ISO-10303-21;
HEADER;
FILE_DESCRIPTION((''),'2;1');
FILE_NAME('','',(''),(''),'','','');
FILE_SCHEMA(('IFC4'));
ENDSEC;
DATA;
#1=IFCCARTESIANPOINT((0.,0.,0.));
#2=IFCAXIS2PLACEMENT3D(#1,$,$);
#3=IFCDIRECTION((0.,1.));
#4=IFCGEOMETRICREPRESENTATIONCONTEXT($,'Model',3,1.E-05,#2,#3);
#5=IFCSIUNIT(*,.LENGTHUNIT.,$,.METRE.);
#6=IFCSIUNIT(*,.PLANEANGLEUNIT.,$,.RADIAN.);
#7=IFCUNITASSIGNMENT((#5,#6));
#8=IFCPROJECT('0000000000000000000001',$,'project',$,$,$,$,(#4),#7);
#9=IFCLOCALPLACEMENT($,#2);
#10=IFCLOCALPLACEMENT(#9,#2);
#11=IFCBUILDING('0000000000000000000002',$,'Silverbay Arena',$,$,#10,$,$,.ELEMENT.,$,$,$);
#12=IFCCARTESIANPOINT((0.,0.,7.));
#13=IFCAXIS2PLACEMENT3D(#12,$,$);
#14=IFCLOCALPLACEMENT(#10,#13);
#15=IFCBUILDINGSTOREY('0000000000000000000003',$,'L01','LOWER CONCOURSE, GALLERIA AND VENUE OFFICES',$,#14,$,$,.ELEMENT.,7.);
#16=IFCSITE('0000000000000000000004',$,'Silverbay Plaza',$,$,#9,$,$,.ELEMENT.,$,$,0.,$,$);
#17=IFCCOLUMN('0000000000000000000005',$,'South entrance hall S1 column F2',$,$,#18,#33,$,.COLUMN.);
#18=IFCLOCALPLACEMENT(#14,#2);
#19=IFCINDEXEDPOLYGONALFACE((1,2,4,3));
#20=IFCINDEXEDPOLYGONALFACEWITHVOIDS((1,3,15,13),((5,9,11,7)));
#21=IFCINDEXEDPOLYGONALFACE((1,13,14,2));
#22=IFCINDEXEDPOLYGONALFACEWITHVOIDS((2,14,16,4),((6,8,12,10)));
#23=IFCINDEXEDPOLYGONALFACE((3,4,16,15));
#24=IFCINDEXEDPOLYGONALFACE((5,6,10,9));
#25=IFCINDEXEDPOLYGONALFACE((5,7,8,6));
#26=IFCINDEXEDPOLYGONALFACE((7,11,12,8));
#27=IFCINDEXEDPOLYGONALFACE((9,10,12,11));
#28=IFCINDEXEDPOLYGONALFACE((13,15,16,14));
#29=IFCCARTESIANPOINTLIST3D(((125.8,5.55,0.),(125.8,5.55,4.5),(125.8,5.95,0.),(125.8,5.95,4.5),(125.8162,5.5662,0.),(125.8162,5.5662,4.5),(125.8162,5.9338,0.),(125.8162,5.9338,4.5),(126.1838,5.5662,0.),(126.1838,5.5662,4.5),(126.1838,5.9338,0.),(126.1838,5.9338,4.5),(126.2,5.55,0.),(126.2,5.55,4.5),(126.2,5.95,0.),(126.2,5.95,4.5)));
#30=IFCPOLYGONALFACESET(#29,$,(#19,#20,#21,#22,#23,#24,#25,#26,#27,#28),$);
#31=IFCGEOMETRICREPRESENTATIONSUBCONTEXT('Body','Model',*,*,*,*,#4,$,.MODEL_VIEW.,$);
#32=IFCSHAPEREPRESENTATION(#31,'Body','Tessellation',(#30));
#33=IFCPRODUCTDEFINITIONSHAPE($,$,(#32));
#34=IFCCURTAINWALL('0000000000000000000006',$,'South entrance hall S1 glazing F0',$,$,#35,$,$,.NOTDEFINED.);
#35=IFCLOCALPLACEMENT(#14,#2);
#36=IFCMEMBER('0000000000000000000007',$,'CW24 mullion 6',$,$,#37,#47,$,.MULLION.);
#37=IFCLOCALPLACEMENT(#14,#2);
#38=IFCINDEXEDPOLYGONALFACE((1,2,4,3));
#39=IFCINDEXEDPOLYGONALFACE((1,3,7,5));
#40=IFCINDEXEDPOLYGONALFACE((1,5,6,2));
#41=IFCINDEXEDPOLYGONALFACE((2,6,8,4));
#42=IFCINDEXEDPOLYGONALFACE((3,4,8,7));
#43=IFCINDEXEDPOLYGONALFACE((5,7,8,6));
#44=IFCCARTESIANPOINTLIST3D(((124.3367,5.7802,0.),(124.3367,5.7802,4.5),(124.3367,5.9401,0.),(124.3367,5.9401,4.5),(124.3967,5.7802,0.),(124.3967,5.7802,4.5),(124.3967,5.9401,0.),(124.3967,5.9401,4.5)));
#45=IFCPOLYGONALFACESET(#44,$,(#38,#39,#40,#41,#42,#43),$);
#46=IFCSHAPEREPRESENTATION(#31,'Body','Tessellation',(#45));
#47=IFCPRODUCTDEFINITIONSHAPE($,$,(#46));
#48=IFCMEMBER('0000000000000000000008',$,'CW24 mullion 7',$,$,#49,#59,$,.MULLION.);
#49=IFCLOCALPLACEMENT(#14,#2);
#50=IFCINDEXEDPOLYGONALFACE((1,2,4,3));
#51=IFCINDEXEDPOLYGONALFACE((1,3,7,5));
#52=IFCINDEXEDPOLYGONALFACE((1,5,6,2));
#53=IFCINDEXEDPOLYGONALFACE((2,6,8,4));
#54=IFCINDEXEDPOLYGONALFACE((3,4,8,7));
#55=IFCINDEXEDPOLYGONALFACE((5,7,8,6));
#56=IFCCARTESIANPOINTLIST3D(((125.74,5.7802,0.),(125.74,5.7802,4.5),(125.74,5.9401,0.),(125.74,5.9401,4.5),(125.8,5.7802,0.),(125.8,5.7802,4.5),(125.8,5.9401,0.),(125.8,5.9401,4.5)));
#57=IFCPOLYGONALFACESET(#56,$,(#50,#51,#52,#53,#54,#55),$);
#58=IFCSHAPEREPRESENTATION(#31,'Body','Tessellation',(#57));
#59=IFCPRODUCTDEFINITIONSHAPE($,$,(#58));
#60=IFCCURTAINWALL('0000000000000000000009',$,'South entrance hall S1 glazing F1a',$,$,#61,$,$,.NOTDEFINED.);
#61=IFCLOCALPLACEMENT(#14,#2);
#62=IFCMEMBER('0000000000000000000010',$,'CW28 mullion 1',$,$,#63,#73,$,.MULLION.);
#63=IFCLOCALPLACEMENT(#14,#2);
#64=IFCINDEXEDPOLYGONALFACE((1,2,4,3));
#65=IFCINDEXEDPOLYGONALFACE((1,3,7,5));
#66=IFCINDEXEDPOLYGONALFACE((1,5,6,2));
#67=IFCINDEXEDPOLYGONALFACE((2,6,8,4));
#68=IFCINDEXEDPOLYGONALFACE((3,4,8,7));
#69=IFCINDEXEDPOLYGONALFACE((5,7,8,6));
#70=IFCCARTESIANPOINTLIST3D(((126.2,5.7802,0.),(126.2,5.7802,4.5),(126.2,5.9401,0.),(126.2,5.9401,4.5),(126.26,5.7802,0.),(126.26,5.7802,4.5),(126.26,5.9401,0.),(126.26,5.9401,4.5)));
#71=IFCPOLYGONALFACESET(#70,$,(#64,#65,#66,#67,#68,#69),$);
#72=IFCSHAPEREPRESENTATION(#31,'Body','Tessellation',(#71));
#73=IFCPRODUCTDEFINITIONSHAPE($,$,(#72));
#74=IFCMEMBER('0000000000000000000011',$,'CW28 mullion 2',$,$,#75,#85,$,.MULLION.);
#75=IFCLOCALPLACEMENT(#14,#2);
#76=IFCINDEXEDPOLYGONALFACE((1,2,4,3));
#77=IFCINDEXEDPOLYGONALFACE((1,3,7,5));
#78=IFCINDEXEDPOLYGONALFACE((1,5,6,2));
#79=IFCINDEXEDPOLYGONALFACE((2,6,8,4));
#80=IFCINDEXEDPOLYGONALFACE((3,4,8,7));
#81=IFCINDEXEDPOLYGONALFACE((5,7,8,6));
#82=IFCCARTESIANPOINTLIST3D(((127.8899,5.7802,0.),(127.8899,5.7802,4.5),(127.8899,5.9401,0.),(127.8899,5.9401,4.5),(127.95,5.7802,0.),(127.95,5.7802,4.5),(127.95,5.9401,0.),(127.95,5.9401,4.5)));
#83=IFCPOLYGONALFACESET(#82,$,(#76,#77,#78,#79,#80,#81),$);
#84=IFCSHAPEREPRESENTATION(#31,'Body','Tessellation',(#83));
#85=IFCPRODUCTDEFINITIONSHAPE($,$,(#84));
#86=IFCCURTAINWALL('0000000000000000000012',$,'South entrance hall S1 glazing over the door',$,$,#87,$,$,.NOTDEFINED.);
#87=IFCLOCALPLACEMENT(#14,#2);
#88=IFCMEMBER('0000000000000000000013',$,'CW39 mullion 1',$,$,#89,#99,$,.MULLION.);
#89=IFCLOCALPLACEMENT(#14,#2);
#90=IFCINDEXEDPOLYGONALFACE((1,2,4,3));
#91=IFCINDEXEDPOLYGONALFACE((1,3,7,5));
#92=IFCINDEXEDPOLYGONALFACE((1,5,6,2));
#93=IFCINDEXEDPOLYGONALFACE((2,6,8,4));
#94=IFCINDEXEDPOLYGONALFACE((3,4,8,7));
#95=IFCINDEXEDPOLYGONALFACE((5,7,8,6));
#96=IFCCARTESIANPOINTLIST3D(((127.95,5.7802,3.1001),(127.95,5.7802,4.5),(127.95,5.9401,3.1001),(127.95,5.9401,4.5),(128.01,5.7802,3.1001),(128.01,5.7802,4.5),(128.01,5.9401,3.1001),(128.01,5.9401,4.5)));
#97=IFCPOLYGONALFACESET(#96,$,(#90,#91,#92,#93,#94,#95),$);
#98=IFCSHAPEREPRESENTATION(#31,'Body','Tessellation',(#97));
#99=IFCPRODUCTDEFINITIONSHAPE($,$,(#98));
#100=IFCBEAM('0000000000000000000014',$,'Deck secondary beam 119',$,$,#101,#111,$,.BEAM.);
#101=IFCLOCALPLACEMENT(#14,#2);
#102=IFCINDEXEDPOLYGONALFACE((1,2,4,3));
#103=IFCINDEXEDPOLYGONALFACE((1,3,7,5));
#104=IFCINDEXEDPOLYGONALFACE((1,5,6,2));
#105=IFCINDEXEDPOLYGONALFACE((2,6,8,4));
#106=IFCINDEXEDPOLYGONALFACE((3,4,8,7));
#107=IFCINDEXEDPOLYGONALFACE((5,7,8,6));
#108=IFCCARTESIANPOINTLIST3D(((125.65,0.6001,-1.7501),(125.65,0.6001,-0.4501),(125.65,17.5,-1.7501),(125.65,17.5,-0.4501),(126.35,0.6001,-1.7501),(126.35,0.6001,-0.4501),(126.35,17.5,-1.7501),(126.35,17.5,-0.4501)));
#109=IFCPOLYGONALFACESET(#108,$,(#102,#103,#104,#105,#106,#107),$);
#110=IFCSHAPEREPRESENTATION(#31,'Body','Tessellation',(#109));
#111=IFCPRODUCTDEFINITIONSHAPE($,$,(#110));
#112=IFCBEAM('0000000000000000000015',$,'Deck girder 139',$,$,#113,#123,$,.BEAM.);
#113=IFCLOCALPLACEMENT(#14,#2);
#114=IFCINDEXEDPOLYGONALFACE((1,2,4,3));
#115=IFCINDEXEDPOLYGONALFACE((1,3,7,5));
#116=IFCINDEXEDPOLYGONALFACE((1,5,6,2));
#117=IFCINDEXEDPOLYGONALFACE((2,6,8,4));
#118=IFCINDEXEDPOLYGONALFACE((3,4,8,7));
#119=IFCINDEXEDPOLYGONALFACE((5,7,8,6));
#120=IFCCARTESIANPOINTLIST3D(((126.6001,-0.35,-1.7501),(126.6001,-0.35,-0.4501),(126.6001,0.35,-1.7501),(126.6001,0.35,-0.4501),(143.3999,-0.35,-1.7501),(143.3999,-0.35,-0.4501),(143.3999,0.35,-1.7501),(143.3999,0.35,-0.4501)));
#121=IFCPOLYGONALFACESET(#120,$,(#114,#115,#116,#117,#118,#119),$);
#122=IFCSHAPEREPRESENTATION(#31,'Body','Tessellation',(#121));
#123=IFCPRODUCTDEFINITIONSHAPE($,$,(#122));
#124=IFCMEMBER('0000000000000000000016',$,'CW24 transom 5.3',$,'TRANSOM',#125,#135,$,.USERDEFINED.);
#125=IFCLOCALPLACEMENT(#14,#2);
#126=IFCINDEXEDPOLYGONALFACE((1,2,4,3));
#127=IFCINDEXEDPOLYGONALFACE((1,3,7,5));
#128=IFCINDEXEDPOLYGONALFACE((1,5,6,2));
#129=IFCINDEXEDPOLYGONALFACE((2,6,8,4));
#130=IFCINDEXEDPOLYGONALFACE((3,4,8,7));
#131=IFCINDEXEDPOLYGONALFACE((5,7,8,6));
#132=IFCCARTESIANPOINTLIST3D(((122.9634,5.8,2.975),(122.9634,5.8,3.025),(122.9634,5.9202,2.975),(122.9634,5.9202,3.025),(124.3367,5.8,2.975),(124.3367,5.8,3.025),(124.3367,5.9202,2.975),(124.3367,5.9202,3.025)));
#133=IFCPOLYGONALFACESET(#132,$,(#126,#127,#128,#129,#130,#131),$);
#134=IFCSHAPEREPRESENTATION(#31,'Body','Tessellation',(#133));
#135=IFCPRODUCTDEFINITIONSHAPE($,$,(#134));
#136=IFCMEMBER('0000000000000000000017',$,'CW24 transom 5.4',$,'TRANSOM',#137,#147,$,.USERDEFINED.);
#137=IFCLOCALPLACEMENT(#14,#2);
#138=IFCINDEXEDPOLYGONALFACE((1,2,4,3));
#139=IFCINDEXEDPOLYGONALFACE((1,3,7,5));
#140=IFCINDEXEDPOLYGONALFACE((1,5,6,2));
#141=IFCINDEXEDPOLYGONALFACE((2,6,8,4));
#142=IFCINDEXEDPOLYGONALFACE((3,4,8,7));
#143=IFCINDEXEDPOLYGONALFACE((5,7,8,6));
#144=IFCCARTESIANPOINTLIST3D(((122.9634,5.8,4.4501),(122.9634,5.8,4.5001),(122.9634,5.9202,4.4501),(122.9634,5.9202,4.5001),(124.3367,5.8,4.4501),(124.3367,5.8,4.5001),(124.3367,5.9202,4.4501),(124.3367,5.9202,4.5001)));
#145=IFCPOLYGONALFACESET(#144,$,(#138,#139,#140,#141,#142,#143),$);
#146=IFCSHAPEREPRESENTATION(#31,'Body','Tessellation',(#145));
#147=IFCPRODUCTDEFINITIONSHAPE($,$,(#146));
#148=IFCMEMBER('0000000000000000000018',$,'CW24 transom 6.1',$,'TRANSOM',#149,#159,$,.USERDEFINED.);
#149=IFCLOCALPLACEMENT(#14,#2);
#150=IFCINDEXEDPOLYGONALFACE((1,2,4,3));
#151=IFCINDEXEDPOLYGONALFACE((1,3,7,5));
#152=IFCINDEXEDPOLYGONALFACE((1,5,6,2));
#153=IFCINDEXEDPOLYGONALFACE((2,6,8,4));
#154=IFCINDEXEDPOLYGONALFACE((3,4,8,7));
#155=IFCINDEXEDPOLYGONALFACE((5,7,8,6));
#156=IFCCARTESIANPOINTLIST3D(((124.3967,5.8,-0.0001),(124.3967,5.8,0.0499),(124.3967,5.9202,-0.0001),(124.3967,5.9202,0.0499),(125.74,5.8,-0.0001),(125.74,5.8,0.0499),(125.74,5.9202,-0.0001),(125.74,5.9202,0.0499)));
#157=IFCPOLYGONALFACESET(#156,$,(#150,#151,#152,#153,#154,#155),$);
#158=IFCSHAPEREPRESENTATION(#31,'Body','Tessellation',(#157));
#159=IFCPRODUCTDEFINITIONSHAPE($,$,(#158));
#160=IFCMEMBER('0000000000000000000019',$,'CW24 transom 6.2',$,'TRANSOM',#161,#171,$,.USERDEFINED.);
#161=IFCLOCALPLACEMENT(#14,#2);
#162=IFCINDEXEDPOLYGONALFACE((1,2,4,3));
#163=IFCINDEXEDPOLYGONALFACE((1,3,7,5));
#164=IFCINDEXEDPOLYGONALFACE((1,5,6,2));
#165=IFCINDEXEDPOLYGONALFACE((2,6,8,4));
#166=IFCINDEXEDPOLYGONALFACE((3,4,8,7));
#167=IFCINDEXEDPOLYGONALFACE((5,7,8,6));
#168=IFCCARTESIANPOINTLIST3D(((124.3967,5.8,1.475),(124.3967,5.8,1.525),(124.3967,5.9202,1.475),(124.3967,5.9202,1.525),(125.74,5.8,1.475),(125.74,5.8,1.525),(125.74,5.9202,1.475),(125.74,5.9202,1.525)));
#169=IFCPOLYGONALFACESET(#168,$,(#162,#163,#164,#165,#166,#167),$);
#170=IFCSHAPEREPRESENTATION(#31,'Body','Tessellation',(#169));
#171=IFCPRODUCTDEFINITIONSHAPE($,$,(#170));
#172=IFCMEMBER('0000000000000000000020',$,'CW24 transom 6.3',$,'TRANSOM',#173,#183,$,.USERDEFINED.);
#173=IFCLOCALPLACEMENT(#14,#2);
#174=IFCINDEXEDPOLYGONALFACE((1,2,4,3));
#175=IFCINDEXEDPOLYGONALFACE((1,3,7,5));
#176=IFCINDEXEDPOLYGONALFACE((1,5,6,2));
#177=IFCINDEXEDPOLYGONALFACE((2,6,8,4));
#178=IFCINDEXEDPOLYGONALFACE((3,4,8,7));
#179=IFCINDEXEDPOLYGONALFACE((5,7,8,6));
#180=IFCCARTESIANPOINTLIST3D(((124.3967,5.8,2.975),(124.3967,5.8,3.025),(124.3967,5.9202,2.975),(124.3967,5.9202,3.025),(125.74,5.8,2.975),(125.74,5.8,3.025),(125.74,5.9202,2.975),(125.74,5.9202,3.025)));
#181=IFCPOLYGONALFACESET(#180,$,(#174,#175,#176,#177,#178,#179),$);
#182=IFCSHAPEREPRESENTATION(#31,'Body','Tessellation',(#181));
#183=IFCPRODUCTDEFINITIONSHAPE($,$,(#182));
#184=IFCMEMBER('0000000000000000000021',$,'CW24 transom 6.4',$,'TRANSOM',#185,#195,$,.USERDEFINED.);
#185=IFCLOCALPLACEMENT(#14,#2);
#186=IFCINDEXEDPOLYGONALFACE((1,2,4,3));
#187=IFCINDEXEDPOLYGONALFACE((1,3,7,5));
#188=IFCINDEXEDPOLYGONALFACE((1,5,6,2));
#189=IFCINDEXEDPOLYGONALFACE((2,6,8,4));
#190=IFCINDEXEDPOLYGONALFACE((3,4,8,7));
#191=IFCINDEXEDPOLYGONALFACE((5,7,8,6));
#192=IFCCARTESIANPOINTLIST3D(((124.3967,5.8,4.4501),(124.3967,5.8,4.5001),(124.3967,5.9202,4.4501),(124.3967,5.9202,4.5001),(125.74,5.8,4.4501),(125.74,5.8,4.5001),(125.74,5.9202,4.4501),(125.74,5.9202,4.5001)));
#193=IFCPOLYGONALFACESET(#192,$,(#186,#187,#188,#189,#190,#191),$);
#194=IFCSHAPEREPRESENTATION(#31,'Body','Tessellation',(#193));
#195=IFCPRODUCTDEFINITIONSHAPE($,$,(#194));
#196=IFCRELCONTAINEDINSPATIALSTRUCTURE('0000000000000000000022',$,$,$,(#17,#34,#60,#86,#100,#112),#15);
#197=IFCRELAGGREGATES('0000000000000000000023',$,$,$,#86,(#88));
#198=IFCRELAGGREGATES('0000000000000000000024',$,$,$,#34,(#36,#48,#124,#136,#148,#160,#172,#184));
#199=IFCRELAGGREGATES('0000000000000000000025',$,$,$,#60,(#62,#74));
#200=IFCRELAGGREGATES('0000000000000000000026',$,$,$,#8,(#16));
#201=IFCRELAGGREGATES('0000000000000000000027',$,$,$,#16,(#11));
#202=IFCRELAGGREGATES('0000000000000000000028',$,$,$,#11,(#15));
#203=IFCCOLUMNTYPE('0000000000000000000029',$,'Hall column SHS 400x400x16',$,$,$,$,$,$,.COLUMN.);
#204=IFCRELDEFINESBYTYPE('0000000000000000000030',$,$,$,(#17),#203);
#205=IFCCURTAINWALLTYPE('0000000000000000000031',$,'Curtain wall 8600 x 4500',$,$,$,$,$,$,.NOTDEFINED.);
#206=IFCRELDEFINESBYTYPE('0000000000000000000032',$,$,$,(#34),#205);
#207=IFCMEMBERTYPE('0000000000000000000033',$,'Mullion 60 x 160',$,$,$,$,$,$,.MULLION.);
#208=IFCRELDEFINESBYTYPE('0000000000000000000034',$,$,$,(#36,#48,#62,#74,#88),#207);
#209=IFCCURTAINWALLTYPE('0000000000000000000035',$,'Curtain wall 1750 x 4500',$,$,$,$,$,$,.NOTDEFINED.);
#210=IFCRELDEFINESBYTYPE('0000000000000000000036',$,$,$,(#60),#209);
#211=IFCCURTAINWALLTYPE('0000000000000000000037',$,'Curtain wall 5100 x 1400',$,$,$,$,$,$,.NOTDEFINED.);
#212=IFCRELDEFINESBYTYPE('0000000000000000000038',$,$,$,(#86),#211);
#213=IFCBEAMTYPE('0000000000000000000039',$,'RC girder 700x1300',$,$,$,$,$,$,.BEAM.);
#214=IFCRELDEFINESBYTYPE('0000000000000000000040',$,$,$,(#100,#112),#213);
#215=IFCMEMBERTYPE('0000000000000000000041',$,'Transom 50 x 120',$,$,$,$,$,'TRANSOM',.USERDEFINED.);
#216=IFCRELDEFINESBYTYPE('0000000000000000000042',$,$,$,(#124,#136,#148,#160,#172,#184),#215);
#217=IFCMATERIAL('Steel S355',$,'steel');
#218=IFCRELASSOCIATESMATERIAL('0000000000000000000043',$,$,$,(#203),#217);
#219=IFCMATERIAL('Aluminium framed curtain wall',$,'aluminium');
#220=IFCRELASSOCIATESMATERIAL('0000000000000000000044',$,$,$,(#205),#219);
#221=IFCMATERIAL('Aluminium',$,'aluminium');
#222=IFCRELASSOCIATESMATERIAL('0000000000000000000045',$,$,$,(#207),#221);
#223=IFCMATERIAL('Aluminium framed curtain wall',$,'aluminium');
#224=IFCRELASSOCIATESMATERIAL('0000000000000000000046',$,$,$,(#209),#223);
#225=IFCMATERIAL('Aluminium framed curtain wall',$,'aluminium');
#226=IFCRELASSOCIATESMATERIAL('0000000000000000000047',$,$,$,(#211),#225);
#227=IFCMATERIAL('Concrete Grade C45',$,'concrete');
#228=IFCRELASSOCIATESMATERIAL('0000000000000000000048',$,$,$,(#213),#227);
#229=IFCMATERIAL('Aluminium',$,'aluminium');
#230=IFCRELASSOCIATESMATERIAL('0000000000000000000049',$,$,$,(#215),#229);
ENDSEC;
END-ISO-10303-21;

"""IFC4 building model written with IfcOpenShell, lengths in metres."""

from ifc_helpers import new_model, si_unit, direction, frame, origin, origin_2d, place, context, subcontext, project, spatial, rectangle, hollow_rectangle, extrude, material, material_profile, profile_set, type_object, element, aggregate, save


model = new_model("IFC4")

# Units and contexts
model_context = context("Model", 3, precision=1e-05, world=origin(), true_north=direction((0.0, 1.0)))
body_context = subcontext(model_context, "Body", "Model", "MODEL_VIEW")
ifc_project = project(units=[si_unit("LENGTHUNIT", "METRE"), si_unit("PLANEANGLEUNIT", "RADIAN")], contexts=[model_context])

# Site, building, storey
site_placement = place(None, origin())
site = spatial("IfcSite", under=ifc_project, at=site_placement, Name="Silverbay Plaza", CompositionType="ELEMENT", RefElevation=0.0)
building_placement = place(site_placement, origin())
building = spatial("IfcBuilding", under=site, at=building_placement, Name="Silverbay Arena", CompositionType="ELEMENT")
storey_placement = place(building_placement, frame((0.0, 0.0, 7.0)))
storey = spatial("IfcBuildingStorey", under=building, at=storey_placement, Name="L01", Description="LOWER CONCOURSE, GALLERIA AND VENUE OFFICES", CompositionType="ELEMENT", Elevation=7.0)

# Column
ifc_material_1 = material(Name="Steel S355", Category="steel")
ifc_material_profile_1 = material_profile(ifc_material_1, hollow_rectangle(XDim=0.3999, YDim=0.3999, WallThickness=0.0161, at=origin_2d()), Name="SHS 400x400x16")
ifc_profile_set_1 = profile_set([ifc_material_profile_1], Name="Steel S355")
column_type = type_object("IfcColumnType", Name="Hall column SHS 400x400x16", PredefinedType="COLUMN", material=ifc_profile_set_1)
column_placement = place(storey_placement, frame((126.0, 5.75, 0.0), z_axis=(0.0, 0.0, 1.0), x_axis=(1.0, 0.0, 0.0)))
element("IfcColumn", 1, at=column_placement, inside=storey, type_object=column_type, Name="South entrance hall S1 column F2", PredefinedType="COLUMN", context=body_context, shape_type="SweptSolid", body=[
    extrude(hollow_rectangle(XDim=0.3999, YDim=0.3999, WallThickness=0.0161, at=origin_2d()), origin(), (0.0, 0.0, 1.0), 4.5),
])

# Curtain walls, members
ifc_material_2 = material(Name="Aluminium framed curtain wall", Category="aluminium")
curtain_wall_type_1 = type_object("IfcCurtainWallType", Name="Curtain wall 8600 x 4500", PredefinedType="NOTDEFINED", material=ifc_material_2)
curtain_wall_1_placement = place(storey_placement, origin())
curtain_wall_1 = element("IfcCurtainWall", 2, at=curtain_wall_1_placement, inside=storey, type_object=curtain_wall_type_1, Name="South entrance hall S1 glazing F0", PredefinedType="NOTDEFINED")
ifc_material_3 = material(Name="Aluminium", Category="aluminium")
ifc_material_profile_2 = material_profile(ifc_material_3, rectangle(XDim=0.1599, YDim=0.0601, at=origin_2d()), Name="Mullion 60 x 160")
ifc_profile_set_2 = profile_set([ifc_material_profile_2], Name="Aluminium")
member_type_1 = type_object("IfcMemberType", Name="Mullion 60 x 160", PredefinedType="MULLION", material=ifc_profile_set_2)
member_1_placement = place(storey_placement, frame((124.3667, 5.8601, 0.0), z_axis=(0.0, 0.0, 1.0), x_axis=(0.0, 1.0, 0.0)))
member_1 = element("IfcMember", 3, at=member_1_placement, type_object=member_type_1, Name="CW24 mullion 6", PredefinedType="MULLION", context=body_context, shape_type="SweptSolid", body=[
    extrude(rectangle(XDim=0.1599, YDim=0.0601, at=origin_2d()), origin(), (0.0, 0.0, 1.0), 4.5),
])
member_2_placement = place(storey_placement, frame((125.77, 5.8601, 0.0), z_axis=(0.0, 0.0, 1.0), x_axis=(0.0, 1.0, 0.0)))
member_2 = element("IfcMember", 4, at=member_2_placement, type_object=member_type_1, Name="CW24 mullion 7", PredefinedType="MULLION", context=body_context, shape_type="SweptSolid", body=[
    extrude(rectangle(XDim=0.1599, YDim=0.0601, at=origin_2d()), origin(), (0.0, 0.0, 1.0), 4.5),
])
ifc_material_4 = material(Name="Aluminium framed curtain wall", Category="aluminium")
curtain_wall_type_2 = type_object("IfcCurtainWallType", Name="Curtain wall 1750 x 4500", PredefinedType="NOTDEFINED", material=ifc_material_4)
curtain_wall_2_placement = place(storey_placement, origin())
curtain_wall_2 = element("IfcCurtainWall", 5, at=curtain_wall_2_placement, inside=storey, type_object=curtain_wall_type_2, Name="South entrance hall S1 glazing F1a", PredefinedType="NOTDEFINED")
member_3_placement = place(storey_placement, frame((126.23, 5.8601, 0.0), z_axis=(0.0, 0.0, 1.0), x_axis=(0.0, 1.0, 0.0)))
member_3 = element("IfcMember", 6, at=member_3_placement, type_object=member_type_1, Name="CW28 mullion 1", PredefinedType="MULLION", context=body_context, shape_type="SweptSolid", body=[
    extrude(rectangle(XDim=0.1599, YDim=0.0601, at=origin_2d()), origin(), (0.0, 0.0, 1.0), 4.5),
])
member_4_placement = place(storey_placement, frame((127.9199, 5.8601, 0.0), z_axis=(0.0, 0.0, 1.0), x_axis=(0.0, 1.0, 0.0)))
member_4 = element("IfcMember", 7, at=member_4_placement, type_object=member_type_1, Name="CW28 mullion 2", PredefinedType="MULLION", context=body_context, shape_type="SweptSolid", body=[
    extrude(rectangle(XDim=0.1599, YDim=0.0601, at=origin_2d()), origin(), (0.0, 0.0, 1.0), 4.5),
])

# Curtain wall, member
ifc_material_5 = material(Name="Aluminium framed curtain wall", Category="aluminium")
curtain_wall_type_3 = type_object("IfcCurtainWallType", Name="Curtain wall 5100 x 1400", PredefinedType="NOTDEFINED", material=ifc_material_5)
curtain_wall_3_placement = place(storey_placement, origin())
curtain_wall_3 = element("IfcCurtainWall", 8, at=curtain_wall_3_placement, inside=storey, type_object=curtain_wall_type_3, Name="South entrance hall S1 glazing over the door", PredefinedType="NOTDEFINED")
member_5_placement = place(storey_placement, frame((127.98, 5.8601, 3.1001), z_axis=(0.0, 0.0, 1.0), x_axis=(0.0, 1.0, 0.0)))
member_5 = element("IfcMember", 9, at=member_5_placement, type_object=member_type_1, Name="CW39 mullion 1", PredefinedType="MULLION", context=body_context, shape_type="SweptSolid", body=[
    extrude(rectangle(XDim=0.1599, YDim=0.0601, at=origin_2d()), origin(), (0.0, 0.0, 1.0), 1.3999),
])

# Beams
ifc_material_6 = material(Name="Concrete Grade C45", Category="concrete")
ifc_material_profile_3 = material_profile(ifc_material_6, rectangle(XDim=0.7, YDim=1.3, at=origin_2d()), Name="RC 700x1300")
ifc_profile_set_3 = profile_set([ifc_material_profile_3], Name="Concrete Grade C45")
beam_type = type_object("IfcBeamType", Name="RC girder 700x1300", PredefinedType="BEAM", material=ifc_profile_set_3)
beam_1_placement = place(storey_placement, frame((126.0, 0.6001, -1.1001), z_axis=(0.0, 1.0, 0.0), x_axis=(-1.0, 0.0, 0.0)))
element("IfcBeam", 10, at=beam_1_placement, inside=storey, type_object=beam_type, Name="Deck secondary beam 119", PredefinedType="BEAM", context=body_context, shape_type="SweptSolid", body=[
    extrude(rectangle(XDim=0.7, YDim=1.3, at=origin_2d()), origin(), (0.0, 0.0, 1.0), 16.8999),
])
beam_2_placement = place(storey_placement, frame((126.6001, 0.0, -1.1001), z_axis=(1.0, 0.0, 0.0), x_axis=(0.0, 1.0, 0.0)))
element("IfcBeam", 11, at=beam_2_placement, inside=storey, type_object=beam_type, Name="Deck girder 139", PredefinedType="BEAM", context=body_context, shape_type="SweptSolid", body=[
    extrude(rectangle(XDim=0.7, YDim=1.3, at=origin_2d()), origin(), (0.0, 0.0, 1.0), 16.7998),
])

# Members
ifc_material_7 = material(Name="Aluminium", Category="aluminium")
ifc_material_profile_4 = material_profile(ifc_material_7, rectangle(XDim=0.1201, YDim=0.05, at=origin_2d()), Name="Transom 50 x 120")
ifc_profile_set_4 = profile_set([ifc_material_profile_4], Name="Aluminium")
member_type_2 = type_object("IfcMemberType", Name="Transom 50 x 120", ElementType="TRANSOM", PredefinedType="USERDEFINED", material=ifc_profile_set_4)
member_6_placement = place(storey_placement, frame((122.9634, 5.8601, 3.0), z_axis=(1.0, 0.0, 0.0), x_axis=(0.0, 1.0, 0.0)))
member_6 = element("IfcMember", 12, at=member_6_placement, type_object=member_type_2, Name="CW24 transom 5.3", ObjectType="TRANSOM", PredefinedType="USERDEFINED", context=body_context, shape_type="SweptSolid", body=[
    extrude(rectangle(XDim=0.1201, YDim=0.05, at=origin_2d()), origin(), (0.0, 0.0, 1.0), 1.3733),
])
member_7_placement = place(storey_placement, frame((122.9634, 5.8601, 4.4751), z_axis=(1.0, 0.0, 0.0), x_axis=(0.0, 1.0, 0.0)))
member_7 = element("IfcMember", 13, at=member_7_placement, type_object=member_type_2, Name="CW24 transom 5.4", ObjectType="TRANSOM", PredefinedType="USERDEFINED", context=body_context, shape_type="SweptSolid", body=[
    extrude(rectangle(XDim=0.1201, YDim=0.05, at=origin_2d()), origin(), (0.0, 0.0, 1.0), 1.3733),
])
member_8_placement = place(storey_placement, frame((124.3967, 5.8601, 0.0249), z_axis=(1.0, 0.0, 0.0), x_axis=(0.0, 1.0, 0.0)))
member_8 = element("IfcMember", 14, at=member_8_placement, type_object=member_type_2, Name="CW24 transom 6.1", ObjectType="TRANSOM", PredefinedType="USERDEFINED", context=body_context, shape_type="SweptSolid", body=[
    extrude(rectangle(XDim=0.1201, YDim=0.05, at=origin_2d()), origin(), (0.0, 0.0, 1.0), 1.3433),
])
member_9_placement = place(storey_placement, frame((124.3967, 5.8601, 1.5), z_axis=(1.0, 0.0, 0.0), x_axis=(0.0, 1.0, 0.0)))
member_9 = element("IfcMember", 15, at=member_9_placement, type_object=member_type_2, Name="CW24 transom 6.2", ObjectType="TRANSOM", PredefinedType="USERDEFINED", context=body_context, shape_type="SweptSolid", body=[
    extrude(rectangle(XDim=0.1201, YDim=0.05, at=origin_2d()), origin(), (0.0, 0.0, 1.0), 1.3433),
])
member_10_placement = place(storey_placement, frame((124.3967, 5.8601, 3.0), z_axis=(1.0, 0.0, 0.0), x_axis=(0.0, 1.0, 0.0)))
member_10 = element("IfcMember", 16, at=member_10_placement, type_object=member_type_2, Name="CW24 transom 6.3", ObjectType="TRANSOM", PredefinedType="USERDEFINED", context=body_context, shape_type="SweptSolid", body=[
    extrude(rectangle(XDim=0.1201, YDim=0.05, at=origin_2d()), origin(), (0.0, 0.0, 1.0), 1.3433),
])
member_11_placement = place(storey_placement, frame((124.3967, 5.8601, 4.4751), z_axis=(1.0, 0.0, 0.0), x_axis=(0.0, 1.0, 0.0)))
member_11 = element("IfcMember", 17, at=member_11_placement, type_object=member_type_2, Name="CW24 transom 6.4", ObjectType="TRANSOM", PredefinedType="USERDEFINED", context=body_context, shape_type="SweptSolid", body=[
    extrude(rectangle(XDim=0.1201, YDim=0.05, at=origin_2d()), origin(), (0.0, 0.0, 1.0), 1.3433),
])
aggregate(curtain_wall_3, [member_5])

aggregate(curtain_wall_1, [member_1, member_2, member_6, member_7, member_8, member_9, member_10, member_11])
aggregate(curtain_wall_2, [member_3, member_4])

save(model, "model.ifc")
